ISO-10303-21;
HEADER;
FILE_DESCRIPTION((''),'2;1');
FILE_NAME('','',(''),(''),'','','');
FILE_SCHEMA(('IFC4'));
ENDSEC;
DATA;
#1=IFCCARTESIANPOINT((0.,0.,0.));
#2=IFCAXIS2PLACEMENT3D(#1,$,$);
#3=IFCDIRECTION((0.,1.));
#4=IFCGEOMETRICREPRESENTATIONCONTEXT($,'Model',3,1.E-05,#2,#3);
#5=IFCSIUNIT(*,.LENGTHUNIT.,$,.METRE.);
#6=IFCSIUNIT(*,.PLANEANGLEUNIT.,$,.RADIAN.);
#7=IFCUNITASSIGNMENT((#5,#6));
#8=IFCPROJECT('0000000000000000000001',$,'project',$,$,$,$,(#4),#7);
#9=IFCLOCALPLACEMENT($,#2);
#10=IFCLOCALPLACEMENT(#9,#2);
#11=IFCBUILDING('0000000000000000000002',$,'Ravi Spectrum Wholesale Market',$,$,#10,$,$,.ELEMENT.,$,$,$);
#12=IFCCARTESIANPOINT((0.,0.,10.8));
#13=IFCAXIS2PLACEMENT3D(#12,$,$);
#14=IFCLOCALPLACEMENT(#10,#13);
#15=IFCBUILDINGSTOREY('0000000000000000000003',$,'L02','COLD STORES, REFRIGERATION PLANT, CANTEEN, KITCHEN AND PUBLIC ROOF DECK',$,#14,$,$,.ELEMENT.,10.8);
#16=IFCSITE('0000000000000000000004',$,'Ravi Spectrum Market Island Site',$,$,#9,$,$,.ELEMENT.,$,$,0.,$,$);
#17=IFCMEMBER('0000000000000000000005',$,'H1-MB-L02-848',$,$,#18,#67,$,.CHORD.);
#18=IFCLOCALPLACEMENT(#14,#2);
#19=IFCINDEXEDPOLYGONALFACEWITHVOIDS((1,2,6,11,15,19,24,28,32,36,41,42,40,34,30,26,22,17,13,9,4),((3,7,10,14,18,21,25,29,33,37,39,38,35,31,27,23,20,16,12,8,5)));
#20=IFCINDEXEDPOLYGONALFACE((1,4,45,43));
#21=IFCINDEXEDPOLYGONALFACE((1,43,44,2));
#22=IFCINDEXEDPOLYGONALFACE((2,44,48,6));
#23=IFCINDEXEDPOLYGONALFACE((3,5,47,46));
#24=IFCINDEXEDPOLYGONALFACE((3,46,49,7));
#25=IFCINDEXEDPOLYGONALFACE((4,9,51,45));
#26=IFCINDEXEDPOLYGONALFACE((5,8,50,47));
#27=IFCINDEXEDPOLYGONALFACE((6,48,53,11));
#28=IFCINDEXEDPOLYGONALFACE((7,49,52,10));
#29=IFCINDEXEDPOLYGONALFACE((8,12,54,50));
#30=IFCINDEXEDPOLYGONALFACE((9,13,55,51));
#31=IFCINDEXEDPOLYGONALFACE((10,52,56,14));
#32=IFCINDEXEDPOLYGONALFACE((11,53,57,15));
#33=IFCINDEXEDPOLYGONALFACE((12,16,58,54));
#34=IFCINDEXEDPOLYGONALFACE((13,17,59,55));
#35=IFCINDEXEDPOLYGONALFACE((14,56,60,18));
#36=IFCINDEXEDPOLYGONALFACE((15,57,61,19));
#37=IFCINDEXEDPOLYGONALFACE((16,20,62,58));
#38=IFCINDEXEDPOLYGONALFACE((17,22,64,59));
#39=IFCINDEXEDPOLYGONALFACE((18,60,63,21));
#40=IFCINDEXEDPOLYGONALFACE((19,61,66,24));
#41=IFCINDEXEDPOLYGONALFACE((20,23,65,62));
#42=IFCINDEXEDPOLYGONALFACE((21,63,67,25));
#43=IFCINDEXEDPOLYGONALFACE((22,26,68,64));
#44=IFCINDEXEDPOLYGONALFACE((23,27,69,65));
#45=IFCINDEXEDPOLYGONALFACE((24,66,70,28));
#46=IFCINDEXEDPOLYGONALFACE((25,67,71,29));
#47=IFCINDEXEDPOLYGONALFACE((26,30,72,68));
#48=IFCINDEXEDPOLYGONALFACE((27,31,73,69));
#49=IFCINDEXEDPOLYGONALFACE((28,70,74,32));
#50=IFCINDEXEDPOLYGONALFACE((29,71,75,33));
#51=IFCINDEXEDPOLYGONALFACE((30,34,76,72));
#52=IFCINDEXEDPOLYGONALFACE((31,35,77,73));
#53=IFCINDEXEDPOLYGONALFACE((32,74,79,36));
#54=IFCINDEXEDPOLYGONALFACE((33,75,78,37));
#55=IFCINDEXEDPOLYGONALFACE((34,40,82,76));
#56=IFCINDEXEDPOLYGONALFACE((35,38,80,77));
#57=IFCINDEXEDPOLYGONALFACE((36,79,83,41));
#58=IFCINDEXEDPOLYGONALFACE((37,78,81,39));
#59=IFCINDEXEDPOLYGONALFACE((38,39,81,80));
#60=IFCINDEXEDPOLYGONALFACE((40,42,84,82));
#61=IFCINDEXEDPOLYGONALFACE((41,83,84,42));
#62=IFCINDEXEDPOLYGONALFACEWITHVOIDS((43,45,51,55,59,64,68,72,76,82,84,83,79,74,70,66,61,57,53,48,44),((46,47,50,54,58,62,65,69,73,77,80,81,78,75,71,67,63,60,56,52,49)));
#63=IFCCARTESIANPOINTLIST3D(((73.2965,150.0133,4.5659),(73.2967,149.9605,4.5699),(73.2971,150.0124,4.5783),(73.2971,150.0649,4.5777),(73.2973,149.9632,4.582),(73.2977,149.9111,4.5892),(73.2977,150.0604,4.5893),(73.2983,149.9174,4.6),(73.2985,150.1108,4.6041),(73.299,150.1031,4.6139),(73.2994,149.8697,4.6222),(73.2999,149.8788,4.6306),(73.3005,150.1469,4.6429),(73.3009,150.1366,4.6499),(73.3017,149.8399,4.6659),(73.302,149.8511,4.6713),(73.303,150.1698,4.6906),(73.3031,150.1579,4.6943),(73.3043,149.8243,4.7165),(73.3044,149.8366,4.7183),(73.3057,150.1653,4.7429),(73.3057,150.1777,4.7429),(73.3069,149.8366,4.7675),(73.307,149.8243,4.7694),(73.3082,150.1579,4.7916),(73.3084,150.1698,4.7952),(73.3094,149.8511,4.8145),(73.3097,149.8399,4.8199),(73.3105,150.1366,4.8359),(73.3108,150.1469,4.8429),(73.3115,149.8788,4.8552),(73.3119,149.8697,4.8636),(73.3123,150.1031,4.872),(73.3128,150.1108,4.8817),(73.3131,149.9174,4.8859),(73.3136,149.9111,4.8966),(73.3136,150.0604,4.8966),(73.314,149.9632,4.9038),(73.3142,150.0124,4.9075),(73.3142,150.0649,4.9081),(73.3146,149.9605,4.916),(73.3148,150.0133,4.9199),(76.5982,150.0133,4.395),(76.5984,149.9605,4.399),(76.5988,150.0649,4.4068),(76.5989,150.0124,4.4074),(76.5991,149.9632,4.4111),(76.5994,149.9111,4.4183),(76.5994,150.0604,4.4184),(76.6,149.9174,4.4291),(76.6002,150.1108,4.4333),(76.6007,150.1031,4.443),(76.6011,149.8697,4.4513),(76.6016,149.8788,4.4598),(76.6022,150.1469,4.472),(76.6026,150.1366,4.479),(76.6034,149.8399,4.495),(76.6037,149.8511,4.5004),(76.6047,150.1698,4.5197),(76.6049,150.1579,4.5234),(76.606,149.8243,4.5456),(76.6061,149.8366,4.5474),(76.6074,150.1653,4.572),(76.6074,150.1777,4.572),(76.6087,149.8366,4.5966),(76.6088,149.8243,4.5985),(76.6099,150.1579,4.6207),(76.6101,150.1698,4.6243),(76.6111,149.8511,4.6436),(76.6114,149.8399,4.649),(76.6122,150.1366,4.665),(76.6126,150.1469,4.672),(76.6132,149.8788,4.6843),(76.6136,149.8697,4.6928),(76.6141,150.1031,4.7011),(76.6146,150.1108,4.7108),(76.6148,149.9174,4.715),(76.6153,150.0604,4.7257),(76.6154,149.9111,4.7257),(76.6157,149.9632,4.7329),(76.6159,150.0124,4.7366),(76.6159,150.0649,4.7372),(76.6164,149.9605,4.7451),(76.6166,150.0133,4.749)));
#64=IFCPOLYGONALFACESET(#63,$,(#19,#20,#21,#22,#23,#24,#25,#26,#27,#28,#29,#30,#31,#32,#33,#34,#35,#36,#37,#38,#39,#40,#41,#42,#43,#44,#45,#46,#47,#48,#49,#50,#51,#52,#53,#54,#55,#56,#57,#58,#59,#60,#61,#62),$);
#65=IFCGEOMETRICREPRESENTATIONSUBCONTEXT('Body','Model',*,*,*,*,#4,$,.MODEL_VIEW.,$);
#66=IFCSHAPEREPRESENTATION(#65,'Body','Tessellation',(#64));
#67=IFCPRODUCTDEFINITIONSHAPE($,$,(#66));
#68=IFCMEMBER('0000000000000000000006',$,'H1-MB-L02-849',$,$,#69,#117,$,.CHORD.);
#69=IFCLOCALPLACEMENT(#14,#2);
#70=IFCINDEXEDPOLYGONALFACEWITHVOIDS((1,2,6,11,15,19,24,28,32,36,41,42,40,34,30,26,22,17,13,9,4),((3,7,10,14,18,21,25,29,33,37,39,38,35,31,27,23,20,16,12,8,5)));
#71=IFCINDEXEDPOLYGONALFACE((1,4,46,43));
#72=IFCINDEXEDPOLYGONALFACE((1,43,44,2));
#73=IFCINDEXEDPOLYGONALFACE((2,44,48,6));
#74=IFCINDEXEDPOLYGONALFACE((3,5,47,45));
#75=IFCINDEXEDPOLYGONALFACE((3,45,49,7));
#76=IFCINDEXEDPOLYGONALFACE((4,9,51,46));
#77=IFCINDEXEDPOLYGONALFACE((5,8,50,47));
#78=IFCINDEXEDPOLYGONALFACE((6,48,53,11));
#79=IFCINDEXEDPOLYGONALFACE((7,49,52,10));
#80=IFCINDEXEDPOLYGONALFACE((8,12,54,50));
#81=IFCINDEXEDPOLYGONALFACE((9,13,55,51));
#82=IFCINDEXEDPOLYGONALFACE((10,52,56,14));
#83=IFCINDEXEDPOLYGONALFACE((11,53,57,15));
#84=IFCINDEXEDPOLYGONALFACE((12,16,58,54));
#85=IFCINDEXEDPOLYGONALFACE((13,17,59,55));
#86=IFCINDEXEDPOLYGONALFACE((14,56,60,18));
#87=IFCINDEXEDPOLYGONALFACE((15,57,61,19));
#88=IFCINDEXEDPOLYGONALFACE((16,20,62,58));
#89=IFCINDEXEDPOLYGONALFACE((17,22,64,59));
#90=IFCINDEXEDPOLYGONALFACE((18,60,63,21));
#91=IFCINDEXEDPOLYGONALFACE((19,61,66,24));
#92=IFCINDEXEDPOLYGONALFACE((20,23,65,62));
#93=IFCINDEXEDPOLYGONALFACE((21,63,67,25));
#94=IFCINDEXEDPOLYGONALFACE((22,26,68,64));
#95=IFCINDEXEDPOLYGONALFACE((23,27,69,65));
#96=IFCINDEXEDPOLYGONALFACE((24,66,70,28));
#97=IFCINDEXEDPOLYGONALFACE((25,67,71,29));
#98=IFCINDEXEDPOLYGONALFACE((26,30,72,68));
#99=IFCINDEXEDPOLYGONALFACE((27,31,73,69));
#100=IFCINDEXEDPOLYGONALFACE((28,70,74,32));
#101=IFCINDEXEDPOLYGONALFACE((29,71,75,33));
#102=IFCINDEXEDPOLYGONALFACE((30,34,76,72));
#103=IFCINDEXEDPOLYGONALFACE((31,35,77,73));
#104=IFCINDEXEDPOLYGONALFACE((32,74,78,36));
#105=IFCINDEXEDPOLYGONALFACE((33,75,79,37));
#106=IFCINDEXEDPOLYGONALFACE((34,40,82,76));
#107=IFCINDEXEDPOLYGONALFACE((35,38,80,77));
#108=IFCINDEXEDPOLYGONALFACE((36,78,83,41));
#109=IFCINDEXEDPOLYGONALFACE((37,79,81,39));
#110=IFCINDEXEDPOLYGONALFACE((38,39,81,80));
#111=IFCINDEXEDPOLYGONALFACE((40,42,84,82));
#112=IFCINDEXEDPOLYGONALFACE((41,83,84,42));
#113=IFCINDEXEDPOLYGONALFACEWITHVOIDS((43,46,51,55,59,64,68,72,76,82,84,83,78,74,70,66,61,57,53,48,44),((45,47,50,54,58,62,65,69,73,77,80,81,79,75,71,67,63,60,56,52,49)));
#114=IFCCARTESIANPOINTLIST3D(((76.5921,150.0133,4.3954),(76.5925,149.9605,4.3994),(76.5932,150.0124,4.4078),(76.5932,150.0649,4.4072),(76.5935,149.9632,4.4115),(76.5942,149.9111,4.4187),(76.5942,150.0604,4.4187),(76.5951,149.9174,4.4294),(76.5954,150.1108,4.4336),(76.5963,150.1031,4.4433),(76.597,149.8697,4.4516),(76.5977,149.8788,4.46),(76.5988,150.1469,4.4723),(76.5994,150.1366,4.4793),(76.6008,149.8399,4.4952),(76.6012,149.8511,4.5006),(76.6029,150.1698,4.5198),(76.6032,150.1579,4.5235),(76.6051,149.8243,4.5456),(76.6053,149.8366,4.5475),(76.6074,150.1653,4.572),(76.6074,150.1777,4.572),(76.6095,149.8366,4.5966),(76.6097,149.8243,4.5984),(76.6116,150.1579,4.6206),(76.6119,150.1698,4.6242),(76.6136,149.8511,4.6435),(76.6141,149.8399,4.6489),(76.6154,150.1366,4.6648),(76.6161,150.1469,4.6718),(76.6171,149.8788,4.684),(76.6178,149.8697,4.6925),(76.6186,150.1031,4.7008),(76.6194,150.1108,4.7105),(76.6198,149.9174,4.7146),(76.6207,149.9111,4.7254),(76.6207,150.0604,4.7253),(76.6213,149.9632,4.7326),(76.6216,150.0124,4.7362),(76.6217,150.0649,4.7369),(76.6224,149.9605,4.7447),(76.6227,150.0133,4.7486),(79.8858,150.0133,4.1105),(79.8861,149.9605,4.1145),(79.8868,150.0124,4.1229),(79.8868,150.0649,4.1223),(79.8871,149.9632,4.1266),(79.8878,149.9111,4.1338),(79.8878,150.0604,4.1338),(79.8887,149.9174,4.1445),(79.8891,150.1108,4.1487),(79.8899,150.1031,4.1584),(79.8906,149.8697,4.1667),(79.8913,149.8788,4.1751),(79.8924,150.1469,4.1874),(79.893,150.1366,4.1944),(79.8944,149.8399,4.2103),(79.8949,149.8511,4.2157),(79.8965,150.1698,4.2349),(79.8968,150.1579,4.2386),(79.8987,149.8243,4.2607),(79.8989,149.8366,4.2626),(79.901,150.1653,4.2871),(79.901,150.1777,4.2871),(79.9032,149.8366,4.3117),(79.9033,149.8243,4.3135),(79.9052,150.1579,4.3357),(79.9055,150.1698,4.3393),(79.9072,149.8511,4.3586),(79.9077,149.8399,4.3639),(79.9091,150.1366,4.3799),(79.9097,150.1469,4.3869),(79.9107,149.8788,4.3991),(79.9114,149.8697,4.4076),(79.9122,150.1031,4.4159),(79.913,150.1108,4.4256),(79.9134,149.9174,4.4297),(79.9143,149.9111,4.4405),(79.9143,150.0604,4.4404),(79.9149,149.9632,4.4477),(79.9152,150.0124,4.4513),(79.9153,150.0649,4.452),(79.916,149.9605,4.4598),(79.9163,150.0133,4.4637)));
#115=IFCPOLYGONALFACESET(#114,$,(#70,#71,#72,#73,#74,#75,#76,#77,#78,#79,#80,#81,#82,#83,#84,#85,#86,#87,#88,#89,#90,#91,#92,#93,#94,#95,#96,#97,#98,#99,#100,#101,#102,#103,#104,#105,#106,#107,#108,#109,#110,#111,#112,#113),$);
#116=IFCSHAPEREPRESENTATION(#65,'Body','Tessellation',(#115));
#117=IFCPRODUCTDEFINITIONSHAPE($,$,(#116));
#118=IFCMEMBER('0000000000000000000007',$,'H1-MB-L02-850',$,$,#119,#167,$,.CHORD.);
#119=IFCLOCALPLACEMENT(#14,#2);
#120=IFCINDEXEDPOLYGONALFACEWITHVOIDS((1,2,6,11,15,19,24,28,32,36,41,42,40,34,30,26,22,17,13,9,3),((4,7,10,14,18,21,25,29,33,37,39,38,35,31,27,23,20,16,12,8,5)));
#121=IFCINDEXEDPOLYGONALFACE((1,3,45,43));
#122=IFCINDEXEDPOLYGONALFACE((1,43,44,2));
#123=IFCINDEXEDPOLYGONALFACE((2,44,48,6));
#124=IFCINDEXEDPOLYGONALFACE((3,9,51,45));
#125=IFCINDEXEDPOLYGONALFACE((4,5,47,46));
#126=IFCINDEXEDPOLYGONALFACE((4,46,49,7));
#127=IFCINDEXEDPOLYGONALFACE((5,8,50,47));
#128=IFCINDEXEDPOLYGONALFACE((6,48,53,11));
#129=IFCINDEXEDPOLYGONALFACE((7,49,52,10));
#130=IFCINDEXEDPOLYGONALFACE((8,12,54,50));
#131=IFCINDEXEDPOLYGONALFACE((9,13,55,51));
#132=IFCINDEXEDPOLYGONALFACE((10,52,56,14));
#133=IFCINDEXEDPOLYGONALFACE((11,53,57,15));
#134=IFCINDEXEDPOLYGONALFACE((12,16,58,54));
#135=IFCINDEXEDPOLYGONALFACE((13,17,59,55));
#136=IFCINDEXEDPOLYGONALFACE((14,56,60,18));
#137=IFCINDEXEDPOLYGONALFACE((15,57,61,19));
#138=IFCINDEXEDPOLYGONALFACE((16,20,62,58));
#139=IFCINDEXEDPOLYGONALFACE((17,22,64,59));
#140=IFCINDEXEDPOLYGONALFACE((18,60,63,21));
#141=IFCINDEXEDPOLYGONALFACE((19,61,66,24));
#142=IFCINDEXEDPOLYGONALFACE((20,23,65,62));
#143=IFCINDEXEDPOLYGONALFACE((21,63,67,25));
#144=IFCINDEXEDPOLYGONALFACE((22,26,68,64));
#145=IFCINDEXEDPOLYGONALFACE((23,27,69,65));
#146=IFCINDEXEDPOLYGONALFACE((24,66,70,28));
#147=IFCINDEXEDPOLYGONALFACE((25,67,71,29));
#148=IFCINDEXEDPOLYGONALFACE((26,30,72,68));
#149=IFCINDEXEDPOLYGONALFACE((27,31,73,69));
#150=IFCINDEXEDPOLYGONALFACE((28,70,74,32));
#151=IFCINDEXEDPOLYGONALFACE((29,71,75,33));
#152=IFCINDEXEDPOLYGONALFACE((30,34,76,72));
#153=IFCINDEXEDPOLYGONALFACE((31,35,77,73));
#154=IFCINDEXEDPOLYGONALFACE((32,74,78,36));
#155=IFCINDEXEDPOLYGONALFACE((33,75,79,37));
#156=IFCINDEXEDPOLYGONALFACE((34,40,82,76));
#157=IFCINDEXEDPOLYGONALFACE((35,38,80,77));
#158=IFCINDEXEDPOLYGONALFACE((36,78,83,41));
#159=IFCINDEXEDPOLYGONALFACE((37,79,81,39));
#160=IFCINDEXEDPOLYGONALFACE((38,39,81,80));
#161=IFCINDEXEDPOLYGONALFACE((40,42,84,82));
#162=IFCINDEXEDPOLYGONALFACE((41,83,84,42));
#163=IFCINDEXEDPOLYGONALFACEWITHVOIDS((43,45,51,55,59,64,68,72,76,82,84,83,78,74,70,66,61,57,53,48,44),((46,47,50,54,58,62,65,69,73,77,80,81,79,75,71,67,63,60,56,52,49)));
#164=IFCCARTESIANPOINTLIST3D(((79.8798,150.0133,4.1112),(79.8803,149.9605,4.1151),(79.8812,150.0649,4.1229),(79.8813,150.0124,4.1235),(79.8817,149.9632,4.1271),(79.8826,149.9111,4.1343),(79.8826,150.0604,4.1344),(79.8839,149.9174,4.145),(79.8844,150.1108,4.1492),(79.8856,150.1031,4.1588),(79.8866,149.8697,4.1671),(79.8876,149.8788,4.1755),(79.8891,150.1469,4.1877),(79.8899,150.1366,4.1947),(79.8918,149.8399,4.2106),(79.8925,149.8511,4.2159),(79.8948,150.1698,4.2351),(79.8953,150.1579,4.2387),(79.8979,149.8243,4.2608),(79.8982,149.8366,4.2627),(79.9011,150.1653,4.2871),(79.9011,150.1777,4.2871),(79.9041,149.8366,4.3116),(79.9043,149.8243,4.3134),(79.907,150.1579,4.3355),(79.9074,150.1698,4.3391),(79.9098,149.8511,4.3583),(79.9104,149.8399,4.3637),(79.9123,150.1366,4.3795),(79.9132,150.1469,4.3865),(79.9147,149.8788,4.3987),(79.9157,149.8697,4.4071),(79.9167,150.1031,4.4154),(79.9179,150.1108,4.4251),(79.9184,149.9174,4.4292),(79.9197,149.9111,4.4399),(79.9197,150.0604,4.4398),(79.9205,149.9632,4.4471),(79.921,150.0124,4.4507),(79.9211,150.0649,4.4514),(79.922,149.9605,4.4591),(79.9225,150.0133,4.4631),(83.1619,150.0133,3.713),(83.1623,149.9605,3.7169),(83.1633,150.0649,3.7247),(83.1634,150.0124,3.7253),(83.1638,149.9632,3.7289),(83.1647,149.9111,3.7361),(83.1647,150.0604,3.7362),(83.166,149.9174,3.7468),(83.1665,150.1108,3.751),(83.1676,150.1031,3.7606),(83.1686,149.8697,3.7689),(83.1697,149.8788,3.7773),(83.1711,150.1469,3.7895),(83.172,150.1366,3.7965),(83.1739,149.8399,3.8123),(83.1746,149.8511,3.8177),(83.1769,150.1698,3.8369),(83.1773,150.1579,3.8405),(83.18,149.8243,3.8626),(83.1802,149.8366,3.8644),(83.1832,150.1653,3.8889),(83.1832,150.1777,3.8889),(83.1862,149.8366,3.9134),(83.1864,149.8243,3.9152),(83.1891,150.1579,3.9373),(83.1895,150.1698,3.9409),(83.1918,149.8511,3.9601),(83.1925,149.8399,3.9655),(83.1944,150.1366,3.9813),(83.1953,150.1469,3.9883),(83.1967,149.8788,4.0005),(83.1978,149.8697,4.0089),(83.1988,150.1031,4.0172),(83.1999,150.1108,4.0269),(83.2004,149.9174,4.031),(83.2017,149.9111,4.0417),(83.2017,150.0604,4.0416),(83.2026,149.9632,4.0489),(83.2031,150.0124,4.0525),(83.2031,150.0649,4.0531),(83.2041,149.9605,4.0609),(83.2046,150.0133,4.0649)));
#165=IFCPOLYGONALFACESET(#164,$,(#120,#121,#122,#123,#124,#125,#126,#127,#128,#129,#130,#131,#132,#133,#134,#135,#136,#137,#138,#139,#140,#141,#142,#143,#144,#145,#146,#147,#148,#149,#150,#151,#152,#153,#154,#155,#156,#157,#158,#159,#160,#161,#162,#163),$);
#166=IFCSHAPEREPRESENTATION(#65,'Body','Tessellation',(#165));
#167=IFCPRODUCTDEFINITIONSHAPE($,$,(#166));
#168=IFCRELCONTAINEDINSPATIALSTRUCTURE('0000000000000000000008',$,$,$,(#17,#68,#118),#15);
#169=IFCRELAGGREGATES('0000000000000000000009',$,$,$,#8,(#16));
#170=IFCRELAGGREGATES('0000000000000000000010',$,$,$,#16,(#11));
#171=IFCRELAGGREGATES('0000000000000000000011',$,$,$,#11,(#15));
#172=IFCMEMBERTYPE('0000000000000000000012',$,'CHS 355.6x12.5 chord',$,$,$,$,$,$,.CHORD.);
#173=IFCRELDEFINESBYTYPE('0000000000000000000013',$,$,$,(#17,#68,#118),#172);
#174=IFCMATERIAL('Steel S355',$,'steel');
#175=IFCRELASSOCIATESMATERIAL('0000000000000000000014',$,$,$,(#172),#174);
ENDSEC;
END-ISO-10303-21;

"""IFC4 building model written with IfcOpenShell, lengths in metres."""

from ifc_helpers import new_model, si_unit, direction, frame, origin, origin_2d, place, context, subcontext, project, spatial, hollow_circle, extrude, material, material_profile, profile_set, type_object, element, save


model = new_model("IFC4")

# Units and contexts
model_context = context("Model", 3, precision=1e-05, world=origin(), true_north=direction((0.0, 1.0)))
body_context = subcontext(model_context, "Body", "Model", "MODEL_VIEW")
ifc_project = project(units=[si_unit("LENGTHUNIT", "METRE"), si_unit("PLANEANGLEUNIT", "RADIAN")], contexts=[model_context])

# Site, building, storey
site_placement = place(None, origin())
site = spatial("IfcSite", under=ifc_project, at=site_placement, Name="Ravi Spectrum Market Island Site", CompositionType="ELEMENT", RefElevation=0.0)
building_placement = place(site_placement, origin())
building = spatial("IfcBuilding", under=site, at=building_placement, Name="Ravi Spectrum Wholesale Market", CompositionType="ELEMENT")
storey_placement = place(building_placement, frame((0.0, 0.0, 10.8)))
storey = spatial("IfcBuildingStorey", under=building, at=storey_placement, Name="L02", Description="COLD STORES, REFRIGERATION PLANT, CANTEEN, KITCHEN AND PUBLIC ROOF DECK", CompositionType="ELEMENT", Elevation=10.8)

# Members
ifc_material_1 = material(Name="Steel S355", Category="steel")
ifc_material_profile_1 = material_profile(ifc_material_1, hollow_circle(Radius=0.1777, WallThickness=0.0125, at=origin_2d()))
ifc_profile_set_1 = profile_set([ifc_material_profile_1], Name="Steel S355")
member_type_1 = type_object("IfcMemberType", Name="CHS 355.6x12.5 chord", PredefinedType="CHORD", material=ifc_profile_set_1)
member_1_placement = place(storey_placement, frame((73.3057, 150.0, 4.7429), z_axis=(0.998663, 0.0, -0.051691), x_axis=(0.0, 1.0, 0.0)))
element("IfcMember", 1, at=member_1_placement, inside=storey, type_object=member_type_1, Name="H1-MB-L02-848", PredefinedType="CHORD", context=body_context, shape_type="SweptSolid", body=[
    extrude(hollow_circle(Radius=0.1777, WallThickness=0.0125, at=origin_2d()), origin(), (0.0, 0.0, 1.0), 3.3062),
])
member_2_placement = place(storey_placement, frame((76.6074, 150.0, 4.572), z_axis=(0.99628, 0.0, -0.08618), x_axis=(0.0, 1.0, 0.0)))
element("IfcMember", 2, at=member_2_placement, inside=storey, type_object=member_type_1, Name="H1-MB-L02-849", PredefinedType="CHORD", context=body_context, shape_type="SweptSolid", body=[
    extrude(hollow_circle(Radius=0.1777, WallThickness=0.0125, at=origin_2d()), origin(), (0.0, 0.0, 1.0), 3.3059),
])
member_3_placement = place(storey_placement, frame((79.9011, 150.0, 4.2871), z_axis=(0.99272, 0.0, -0.120444), x_axis=(0.0, 1.0, 0.0)))
element("IfcMember", 3, at=member_3_placement, inside=storey, type_object=member_type_1, Name="H1-MB-L02-850", PredefinedType="CHORD", context=body_context, shape_type="SweptSolid", body=[
    extrude(hollow_circle(Radius=0.1777, WallThickness=0.0125, at=origin_2d()), origin(), (0.0, 0.0, 1.0), 3.3062),
])

save(model, "model.ifc")
